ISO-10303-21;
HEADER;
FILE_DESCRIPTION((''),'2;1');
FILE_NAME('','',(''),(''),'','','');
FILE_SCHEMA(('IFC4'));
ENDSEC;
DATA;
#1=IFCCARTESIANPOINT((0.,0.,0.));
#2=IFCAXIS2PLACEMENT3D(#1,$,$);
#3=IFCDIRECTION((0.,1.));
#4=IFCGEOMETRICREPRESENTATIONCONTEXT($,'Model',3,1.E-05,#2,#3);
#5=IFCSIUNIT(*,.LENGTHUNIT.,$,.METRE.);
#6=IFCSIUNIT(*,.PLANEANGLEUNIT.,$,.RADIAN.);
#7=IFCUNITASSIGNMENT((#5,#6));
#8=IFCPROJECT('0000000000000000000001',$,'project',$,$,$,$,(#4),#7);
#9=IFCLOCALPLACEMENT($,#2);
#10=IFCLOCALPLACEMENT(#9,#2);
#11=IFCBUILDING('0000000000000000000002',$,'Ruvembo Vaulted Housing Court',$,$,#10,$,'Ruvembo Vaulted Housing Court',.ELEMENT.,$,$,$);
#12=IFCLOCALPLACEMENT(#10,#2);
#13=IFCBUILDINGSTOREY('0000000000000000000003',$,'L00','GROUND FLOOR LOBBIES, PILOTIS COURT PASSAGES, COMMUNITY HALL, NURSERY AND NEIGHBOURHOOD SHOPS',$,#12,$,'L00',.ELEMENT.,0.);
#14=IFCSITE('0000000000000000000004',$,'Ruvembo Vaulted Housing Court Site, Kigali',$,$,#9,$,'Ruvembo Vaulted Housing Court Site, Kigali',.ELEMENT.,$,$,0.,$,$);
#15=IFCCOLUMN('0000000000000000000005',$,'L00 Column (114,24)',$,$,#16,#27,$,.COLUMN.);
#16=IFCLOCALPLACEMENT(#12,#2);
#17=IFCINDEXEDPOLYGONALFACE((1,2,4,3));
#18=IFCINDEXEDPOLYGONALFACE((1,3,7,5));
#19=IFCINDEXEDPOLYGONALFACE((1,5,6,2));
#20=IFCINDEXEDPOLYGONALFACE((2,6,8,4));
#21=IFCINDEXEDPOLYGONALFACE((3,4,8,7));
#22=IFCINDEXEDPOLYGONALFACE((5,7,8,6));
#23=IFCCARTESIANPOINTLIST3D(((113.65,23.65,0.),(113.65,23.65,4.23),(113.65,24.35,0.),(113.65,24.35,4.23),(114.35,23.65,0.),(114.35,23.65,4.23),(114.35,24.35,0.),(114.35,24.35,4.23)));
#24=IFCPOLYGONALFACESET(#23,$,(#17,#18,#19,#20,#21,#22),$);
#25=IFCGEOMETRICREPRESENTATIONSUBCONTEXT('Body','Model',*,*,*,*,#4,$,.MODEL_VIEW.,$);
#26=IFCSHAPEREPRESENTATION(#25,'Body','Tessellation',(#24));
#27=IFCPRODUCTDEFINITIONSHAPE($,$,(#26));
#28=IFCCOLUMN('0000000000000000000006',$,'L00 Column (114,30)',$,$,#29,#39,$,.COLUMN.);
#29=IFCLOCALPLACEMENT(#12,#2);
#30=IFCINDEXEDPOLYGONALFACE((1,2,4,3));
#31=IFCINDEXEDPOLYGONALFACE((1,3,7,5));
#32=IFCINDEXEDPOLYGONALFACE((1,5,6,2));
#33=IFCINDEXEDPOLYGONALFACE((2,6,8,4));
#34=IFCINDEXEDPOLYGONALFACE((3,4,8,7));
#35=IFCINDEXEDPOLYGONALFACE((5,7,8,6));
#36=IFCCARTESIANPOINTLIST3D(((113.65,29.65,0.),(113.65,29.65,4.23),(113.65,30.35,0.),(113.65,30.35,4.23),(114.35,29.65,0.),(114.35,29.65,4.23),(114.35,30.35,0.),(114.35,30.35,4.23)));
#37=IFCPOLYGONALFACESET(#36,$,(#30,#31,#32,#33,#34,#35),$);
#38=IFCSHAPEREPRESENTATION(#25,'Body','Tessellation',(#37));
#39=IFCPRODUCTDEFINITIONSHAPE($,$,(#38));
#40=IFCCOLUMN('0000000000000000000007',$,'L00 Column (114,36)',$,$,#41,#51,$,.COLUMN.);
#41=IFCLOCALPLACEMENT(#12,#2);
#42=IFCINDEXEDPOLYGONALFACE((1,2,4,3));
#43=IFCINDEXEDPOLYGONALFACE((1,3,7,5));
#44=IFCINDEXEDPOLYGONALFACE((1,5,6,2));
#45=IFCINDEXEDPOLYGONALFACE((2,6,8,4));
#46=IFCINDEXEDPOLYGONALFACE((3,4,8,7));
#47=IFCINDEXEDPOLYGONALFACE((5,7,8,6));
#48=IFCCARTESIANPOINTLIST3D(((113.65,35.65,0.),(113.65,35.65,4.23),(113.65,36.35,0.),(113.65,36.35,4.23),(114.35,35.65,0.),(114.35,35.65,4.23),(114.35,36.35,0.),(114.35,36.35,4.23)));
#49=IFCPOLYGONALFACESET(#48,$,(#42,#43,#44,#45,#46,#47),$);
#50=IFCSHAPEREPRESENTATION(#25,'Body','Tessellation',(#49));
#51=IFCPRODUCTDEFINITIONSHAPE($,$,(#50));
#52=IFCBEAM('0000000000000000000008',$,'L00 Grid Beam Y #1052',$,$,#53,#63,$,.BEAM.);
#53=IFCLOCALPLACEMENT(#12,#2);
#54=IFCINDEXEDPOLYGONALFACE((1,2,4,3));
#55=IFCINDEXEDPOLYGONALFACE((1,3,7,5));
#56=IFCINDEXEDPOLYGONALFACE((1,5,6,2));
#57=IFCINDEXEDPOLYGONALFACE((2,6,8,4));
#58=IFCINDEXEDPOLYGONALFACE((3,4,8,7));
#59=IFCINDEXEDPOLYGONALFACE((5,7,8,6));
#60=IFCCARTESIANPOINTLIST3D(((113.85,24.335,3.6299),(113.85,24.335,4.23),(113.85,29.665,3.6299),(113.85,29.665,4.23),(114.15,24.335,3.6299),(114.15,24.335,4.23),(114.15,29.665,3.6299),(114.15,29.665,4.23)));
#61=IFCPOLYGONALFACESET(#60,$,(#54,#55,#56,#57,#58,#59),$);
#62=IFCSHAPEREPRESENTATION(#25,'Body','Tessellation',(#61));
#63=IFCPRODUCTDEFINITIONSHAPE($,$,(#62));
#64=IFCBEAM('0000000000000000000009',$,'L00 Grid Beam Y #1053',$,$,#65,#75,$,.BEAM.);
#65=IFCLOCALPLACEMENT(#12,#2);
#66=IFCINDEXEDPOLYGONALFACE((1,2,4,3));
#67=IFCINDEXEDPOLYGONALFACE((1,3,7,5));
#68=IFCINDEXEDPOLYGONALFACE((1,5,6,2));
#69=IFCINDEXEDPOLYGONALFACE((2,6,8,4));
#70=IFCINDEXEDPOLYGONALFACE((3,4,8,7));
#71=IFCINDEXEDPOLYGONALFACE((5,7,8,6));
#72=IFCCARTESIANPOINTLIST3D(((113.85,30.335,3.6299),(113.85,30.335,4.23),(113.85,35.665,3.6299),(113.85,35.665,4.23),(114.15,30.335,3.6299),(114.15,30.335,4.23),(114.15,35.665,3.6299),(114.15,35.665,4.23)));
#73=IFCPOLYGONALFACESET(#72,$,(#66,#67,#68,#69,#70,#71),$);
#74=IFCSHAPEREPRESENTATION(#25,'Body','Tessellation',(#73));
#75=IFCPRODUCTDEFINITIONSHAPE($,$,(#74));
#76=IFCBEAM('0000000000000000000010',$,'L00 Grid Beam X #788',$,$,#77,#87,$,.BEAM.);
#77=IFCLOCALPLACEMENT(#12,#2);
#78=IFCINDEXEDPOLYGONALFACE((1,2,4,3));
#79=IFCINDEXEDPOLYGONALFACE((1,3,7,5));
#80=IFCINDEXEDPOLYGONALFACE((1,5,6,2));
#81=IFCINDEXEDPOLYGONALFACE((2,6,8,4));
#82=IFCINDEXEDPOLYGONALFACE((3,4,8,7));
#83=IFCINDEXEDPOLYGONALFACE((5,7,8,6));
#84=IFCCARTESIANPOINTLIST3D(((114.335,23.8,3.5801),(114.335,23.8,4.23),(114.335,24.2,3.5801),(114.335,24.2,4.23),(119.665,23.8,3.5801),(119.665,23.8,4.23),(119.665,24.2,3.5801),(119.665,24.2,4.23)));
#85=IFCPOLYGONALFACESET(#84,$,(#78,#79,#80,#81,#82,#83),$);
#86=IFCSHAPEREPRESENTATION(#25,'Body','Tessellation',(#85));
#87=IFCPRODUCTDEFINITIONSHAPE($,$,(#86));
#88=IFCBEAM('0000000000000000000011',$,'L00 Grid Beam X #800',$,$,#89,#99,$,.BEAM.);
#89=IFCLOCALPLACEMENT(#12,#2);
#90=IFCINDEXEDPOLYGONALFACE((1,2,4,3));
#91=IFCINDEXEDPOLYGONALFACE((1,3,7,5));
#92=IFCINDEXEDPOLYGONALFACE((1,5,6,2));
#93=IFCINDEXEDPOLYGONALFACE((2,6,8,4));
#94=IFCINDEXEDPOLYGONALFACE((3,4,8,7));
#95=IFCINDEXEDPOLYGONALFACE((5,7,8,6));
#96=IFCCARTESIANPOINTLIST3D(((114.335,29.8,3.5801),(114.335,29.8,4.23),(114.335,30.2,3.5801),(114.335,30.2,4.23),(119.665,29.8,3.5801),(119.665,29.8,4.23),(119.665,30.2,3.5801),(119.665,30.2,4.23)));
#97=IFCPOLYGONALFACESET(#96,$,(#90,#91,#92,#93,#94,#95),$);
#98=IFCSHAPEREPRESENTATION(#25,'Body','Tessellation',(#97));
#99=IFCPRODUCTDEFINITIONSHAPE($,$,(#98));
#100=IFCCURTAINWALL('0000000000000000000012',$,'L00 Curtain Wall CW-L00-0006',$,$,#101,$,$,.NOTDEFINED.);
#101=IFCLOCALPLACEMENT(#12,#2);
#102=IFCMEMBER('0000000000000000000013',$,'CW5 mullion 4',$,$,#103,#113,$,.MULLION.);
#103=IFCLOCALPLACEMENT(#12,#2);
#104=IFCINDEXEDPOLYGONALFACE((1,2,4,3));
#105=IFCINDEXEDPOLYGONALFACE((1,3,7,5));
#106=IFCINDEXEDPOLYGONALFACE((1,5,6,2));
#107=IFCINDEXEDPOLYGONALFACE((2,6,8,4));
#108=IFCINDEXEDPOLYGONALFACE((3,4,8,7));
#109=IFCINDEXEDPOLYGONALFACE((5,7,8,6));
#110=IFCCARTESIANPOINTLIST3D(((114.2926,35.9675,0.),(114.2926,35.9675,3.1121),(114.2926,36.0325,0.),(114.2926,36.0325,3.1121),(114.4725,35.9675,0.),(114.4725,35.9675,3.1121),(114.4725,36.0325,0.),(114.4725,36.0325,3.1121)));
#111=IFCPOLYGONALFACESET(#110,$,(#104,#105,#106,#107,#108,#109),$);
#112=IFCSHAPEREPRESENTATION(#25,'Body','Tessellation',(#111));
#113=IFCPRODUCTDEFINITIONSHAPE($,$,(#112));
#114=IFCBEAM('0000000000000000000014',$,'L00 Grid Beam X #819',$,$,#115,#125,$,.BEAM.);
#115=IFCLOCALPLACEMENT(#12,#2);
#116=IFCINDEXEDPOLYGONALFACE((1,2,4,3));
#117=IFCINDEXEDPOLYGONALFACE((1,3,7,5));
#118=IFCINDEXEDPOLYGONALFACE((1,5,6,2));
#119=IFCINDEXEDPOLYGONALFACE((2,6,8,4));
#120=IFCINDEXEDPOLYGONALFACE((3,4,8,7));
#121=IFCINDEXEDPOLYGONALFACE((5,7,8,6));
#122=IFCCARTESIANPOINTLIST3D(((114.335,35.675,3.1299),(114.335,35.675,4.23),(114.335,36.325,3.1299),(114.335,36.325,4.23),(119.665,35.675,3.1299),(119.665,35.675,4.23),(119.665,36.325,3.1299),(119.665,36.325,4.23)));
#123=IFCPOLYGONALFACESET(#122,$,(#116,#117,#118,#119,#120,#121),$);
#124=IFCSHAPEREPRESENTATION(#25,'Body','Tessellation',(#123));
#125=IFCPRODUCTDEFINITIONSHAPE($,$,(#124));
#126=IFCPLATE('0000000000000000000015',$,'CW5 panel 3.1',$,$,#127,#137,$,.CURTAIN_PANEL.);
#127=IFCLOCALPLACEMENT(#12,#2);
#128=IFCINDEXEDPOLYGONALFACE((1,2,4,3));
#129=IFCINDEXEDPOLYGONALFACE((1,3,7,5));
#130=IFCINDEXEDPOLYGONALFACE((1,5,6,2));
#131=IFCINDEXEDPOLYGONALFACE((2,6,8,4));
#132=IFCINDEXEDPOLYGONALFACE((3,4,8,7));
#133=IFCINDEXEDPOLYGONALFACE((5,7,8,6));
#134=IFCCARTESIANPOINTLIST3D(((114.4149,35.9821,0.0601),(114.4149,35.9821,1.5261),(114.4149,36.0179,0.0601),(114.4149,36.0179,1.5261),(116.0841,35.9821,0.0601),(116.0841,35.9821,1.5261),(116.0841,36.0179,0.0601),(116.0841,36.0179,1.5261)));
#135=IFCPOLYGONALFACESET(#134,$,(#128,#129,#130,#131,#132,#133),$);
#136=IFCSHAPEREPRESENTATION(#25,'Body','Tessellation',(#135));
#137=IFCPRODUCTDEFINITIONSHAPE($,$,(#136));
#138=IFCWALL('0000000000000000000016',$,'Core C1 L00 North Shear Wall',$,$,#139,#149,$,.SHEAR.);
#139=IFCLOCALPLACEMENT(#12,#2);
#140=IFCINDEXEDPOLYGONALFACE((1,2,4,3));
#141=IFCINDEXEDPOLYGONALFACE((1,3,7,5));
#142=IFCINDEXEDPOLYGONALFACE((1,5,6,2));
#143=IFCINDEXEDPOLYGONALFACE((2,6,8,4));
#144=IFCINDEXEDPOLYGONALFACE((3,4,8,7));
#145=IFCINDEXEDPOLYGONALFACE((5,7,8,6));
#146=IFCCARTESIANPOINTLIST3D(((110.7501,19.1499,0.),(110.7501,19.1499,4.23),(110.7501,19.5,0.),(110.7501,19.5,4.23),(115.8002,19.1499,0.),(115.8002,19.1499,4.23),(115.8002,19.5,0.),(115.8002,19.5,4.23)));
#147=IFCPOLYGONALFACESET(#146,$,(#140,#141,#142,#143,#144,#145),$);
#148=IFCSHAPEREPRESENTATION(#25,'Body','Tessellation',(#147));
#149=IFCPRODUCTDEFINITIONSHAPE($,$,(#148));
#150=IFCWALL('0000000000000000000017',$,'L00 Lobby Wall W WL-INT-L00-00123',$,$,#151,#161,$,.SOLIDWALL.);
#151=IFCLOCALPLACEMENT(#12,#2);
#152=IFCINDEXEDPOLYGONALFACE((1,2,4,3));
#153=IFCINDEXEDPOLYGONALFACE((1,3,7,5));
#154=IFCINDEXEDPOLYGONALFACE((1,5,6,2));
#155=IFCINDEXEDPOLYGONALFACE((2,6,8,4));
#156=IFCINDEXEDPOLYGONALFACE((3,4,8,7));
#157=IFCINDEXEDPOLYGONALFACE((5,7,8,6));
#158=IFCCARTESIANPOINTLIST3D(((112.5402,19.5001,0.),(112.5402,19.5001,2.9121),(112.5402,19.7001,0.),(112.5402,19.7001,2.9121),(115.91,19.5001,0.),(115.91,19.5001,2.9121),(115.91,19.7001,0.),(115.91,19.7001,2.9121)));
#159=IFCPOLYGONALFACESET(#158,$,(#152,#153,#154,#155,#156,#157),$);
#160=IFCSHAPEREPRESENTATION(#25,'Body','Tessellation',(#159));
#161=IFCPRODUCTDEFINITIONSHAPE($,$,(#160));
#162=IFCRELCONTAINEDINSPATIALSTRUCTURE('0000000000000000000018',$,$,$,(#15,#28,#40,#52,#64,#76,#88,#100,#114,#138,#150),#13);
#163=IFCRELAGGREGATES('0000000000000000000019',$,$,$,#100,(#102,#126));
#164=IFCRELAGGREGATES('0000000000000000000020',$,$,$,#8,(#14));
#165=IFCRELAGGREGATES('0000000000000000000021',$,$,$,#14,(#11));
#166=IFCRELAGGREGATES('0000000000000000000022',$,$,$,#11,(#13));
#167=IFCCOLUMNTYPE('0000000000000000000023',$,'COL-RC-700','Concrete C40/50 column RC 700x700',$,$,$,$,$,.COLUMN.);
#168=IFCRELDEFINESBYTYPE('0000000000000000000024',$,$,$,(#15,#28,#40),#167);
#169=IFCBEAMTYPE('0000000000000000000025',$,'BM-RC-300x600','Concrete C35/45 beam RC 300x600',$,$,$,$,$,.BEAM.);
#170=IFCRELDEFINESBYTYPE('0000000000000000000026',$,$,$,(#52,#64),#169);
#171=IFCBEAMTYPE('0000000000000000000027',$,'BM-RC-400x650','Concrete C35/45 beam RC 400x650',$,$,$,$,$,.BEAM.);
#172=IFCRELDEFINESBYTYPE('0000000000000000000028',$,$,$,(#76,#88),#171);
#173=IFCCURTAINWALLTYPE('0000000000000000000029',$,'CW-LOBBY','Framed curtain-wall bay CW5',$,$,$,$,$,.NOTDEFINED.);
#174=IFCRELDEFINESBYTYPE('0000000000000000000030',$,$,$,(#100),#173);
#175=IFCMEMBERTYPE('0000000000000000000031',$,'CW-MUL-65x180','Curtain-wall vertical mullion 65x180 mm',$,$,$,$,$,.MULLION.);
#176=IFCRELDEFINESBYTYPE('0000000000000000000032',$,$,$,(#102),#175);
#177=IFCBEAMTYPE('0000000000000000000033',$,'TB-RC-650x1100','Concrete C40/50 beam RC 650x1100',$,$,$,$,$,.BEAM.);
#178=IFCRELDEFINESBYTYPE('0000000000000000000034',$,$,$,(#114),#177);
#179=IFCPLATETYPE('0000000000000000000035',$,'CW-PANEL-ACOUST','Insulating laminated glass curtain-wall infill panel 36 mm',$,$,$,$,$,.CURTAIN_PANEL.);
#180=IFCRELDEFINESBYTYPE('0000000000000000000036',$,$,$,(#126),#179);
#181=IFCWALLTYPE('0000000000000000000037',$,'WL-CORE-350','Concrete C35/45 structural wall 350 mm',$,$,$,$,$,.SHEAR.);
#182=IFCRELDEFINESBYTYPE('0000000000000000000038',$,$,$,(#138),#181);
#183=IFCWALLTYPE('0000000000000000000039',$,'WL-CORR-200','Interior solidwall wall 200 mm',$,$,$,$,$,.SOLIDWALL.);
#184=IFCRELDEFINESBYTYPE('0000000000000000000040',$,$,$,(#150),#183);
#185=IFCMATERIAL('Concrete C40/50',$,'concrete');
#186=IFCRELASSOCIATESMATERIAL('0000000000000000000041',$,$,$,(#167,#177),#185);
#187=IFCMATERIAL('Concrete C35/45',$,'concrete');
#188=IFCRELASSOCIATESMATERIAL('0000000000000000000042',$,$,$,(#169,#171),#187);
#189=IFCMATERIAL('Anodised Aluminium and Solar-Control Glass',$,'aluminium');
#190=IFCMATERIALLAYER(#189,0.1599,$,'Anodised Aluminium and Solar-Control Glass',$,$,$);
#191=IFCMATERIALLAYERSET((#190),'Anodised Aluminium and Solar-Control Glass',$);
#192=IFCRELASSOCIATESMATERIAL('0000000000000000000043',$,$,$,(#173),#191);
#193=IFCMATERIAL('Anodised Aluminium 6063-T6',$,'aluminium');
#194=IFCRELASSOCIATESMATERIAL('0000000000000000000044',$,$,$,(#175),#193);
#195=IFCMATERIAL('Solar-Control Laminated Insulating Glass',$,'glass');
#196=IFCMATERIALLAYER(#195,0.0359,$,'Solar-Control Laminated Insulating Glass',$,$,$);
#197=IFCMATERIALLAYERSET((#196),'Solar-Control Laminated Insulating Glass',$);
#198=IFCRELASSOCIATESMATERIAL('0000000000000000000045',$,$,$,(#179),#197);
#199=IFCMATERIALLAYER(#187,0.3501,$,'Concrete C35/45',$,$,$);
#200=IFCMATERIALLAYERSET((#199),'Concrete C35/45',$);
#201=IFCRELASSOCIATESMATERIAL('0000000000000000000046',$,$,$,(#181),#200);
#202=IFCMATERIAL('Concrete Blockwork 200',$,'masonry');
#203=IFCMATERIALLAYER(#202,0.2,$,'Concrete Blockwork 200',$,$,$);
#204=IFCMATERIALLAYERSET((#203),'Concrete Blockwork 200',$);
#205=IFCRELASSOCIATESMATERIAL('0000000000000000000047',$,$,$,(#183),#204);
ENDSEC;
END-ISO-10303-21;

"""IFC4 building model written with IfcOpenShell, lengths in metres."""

from ifc_helpers import new_model, si_unit, direction, frame, frame_2d, origin, origin_2d, place, context, subcontext, project, spatial, rectangle, extrude, material, layer, layer_set, material_profile, profile_set, type_object, element, aggregate, save


model = new_model("IFC4")

# Units and contexts
model_context = context("Model", 3, precision=1e-05, world=origin(), true_north=direction((0.0, 1.0)))
body_context = subcontext(model_context, "Body", "Model", "MODEL_VIEW")
ifc_project = project(units=[si_unit("LENGTHUNIT", "METRE"), si_unit("PLANEANGLEUNIT", "RADIAN")], contexts=[model_context])

# Site, building, storey
site_placement = place(None, origin())
site = spatial("IfcSite", under=ifc_project, at=site_placement, Name="Ruvembo Vaulted Housing Court Site, Kigali", LongName="Ruvembo Vaulted Housing Court Site, Kigali", CompositionType="ELEMENT", RefElevation=0.0)
building_placement = place(site_placement, origin())
building = spatial("IfcBuilding", under=site, at=building_placement, Name="Ruvembo Vaulted Housing Court", LongName="Ruvembo Vaulted Housing Court", CompositionType="ELEMENT")
storey_placement = place(building_placement, origin())
storey = spatial("IfcBuildingStorey", under=building, at=storey_placement, Name="L00", Description="GROUND FLOOR LOBBIES, PILOTIS COURT PASSAGES, COMMUNITY HALL, NURSERY AND NEIGHBOURHOOD SHOPS", LongName="L00", CompositionType="ELEMENT", Elevation=0.0)

# Columns
ifc_material_1 = material(Name="Concrete C40/50", Category="concrete")
ifc_material_profile_1 = material_profile(ifc_material_1, rectangle(XDim=0.7, YDim=0.7, at=origin_2d()), Name="RC 700x700")
ifc_profile_set_1 = profile_set([ifc_material_profile_1], Name="Concrete C40/50")
column_type = type_object("IfcColumnType", Name="COL-RC-700", Description="Concrete C40/50 column RC 700x700", PredefinedType="COLUMN", material=ifc_profile_set_1)
for number, where, z_axis, x_axis, name in (
    (1, (114.0, 24.0, 0.0), (0.0, 0.0, 1.0), (1.0, 0.0, 0.0), "L00 Column (114,24)"),
    (2, (114.0, 30.0, 0.0), (0.0, 0.0, 1.0), (1.0, 0.0, 0.0), "L00 Column (114,30)"),
    (3, (114.0, 36.0, 0.0), (0.0, 0.0, 1.0), (1.0, 0.0, 0.0), "L00 Column (114,36)"),
):
    element("IfcColumn", number, at=place(storey_placement, frame(where, z_axis=z_axis, x_axis=x_axis)), inside=storey, type_object=column_type, Name=name, PredefinedType="COLUMN", context=body_context, shape_type="SweptSolid", body=[
        extrude(rectangle(XDim=0.7, YDim=0.7, at=origin_2d()), origin(), (0.0, 0.0, 1.0), 4.23),
    ])

# Beams
ifc_material_2 = material(Name="Concrete C35/45", Category="concrete")
ifc_material_profile_2 = material_profile(ifc_material_2, rectangle(XDim=0.3, YDim=0.6001, at=origin_2d()), Name="RC 300x600")
ifc_profile_set_2 = profile_set([ifc_material_profile_2], Name="Concrete C35/45")
beam_type_1 = type_object("IfcBeamType", Name="BM-RC-300x600", Description="Concrete C35/45 beam RC 300x600", PredefinedType="BEAM", material=ifc_profile_set_2)
for number, where, z_axis, x_axis, name in (
    (4, (114.0, 24.335, 3.9299), (0.0, 1.0, 0.0), (-1.0, 0.0, 0.0), "L00 Grid Beam Y #1052"),
    (5, (114.0, 30.335, 3.9299), (0.0, 1.0, 0.0), (-1.0, 0.0, 0.0), "L00 Grid Beam Y #1053"),
):
    element("IfcBeam", number, at=place(storey_placement, frame(where, z_axis=z_axis, x_axis=x_axis)), inside=storey, type_object=beam_type_1, Name=name, PredefinedType="BEAM", context=body_context, shape_type="SweptSolid", body=[
        extrude(rectangle(XDim=0.3, YDim=0.6001, at=origin_2d()), origin(), (0.0, 0.0, 1.0), 5.3301),
    ])
ifc_material_profile_3 = material_profile(ifc_material_2, rectangle(XDim=0.3999, YDim=0.6499, at=origin_2d()), Name="RC 400x650")
ifc_profile_set_3 = profile_set([ifc_material_profile_3], Name="Concrete C35/45")
beam_type_2 = type_object("IfcBeamType", Name="BM-RC-400x650", Description="Concrete C35/45 beam RC 400x650", PredefinedType="BEAM", material=ifc_profile_set_3)
for number, where, z_axis, x_axis, name in (
    (6, (114.335, 24.0, 3.905), (1.0, 0.0, 0.0), (0.0, 1.0, 0.0), "L00 Grid Beam X #788"),
    (7, (114.335, 30.0, 3.905), (1.0, 0.0, 0.0), (0.0, 1.0, 0.0), "L00 Grid Beam X #800"),
):
    element("IfcBeam", number, at=place(storey_placement, frame(where, z_axis=z_axis, x_axis=x_axis)), inside=storey, type_object=beam_type_2, Name=name, PredefinedType="BEAM", context=body_context, shape_type="SweptSolid", body=[
        extrude(rectangle(XDim=0.3999, YDim=0.6499, at=origin_2d()), origin(), (0.0, 0.0, 1.0), 5.3301),
    ])

# Curtain wall, member
ifc_material_3 = material(Name="Anodised Aluminium and Solar-Control Glass", Category="aluminium")
ifc_layer_1 = layer(ifc_material_3, 0.1599, Name="Anodised Aluminium and Solar-Control Glass")
ifc_layer_set_1 = layer_set([ifc_layer_1], Name="Anodised Aluminium and Solar-Control Glass")
curtain_wall_type = type_object("IfcCurtainWallType", Name="CW-LOBBY", Description="Framed curtain-wall bay CW5", PredefinedType="NOTDEFINED", material=ifc_layer_set_1)
curtain_wall_placement = place(storey_placement, origin())
curtain_wall = element("IfcCurtainWall", 8, at=curtain_wall_placement, inside=storey, type_object=curtain_wall_type, Name="L00 Curtain Wall CW-L00-0006", PredefinedType="NOTDEFINED")
ifc_material_4 = material(Name="Anodised Aluminium 6063-T6", Category="aluminium")
ifc_material_profile_4 = material_profile(ifc_material_4, rectangle(XDim=0.0649, YDim=0.1799, at=origin_2d()), Name="ALU 65x180")
ifc_profile_set_4 = profile_set([ifc_material_profile_4], Name="Anodised Aluminium 6063-T6")
member_type = type_object("IfcMemberType", Name="CW-MUL-65x180", Description="Curtain-wall vertical mullion 65x180 mm", PredefinedType="MULLION", material=ifc_profile_set_4)
member_placement = place(storey_placement, frame((114.3826, 36.0, 0.0), z_axis=(0.0, 0.0, 1.0), x_axis=(0.0, -1.0, 0.0)))
member = element("IfcMember", 9, at=member_placement, type_object=member_type, Name="CW5 mullion 4", PredefinedType="MULLION", context=body_context, shape_type="SweptSolid", body=[
    extrude(rectangle(XDim=0.0649, YDim=0.1799, at=origin_2d()), origin(), (0.0, 0.0, 1.0), 3.1121),
])

# Beam
ifc_material_profile_5 = material_profile(ifc_material_1, rectangle(XDim=0.6499, YDim=1.1001, at=origin_2d()), Name="RC 650x1100")
ifc_profile_set_5 = profile_set([ifc_material_profile_5], Name="Concrete C40/50")
beam_type_3 = type_object("IfcBeamType", Name="TB-RC-650x1100", Description="Concrete C40/50 beam RC 650x1100", PredefinedType="BEAM", material=ifc_profile_set_5)
beam_placement = place(storey_placement, frame((114.335, 36.0, 3.6799), z_axis=(1.0, 0.0, 0.0), x_axis=(0.0, 1.0, 0.0)))
element("IfcBeam", 10, at=beam_placement, inside=storey, type_object=beam_type_3, Name="L00 Grid Beam X #819", PredefinedType="BEAM", context=body_context, shape_type="SweptSolid", body=[
    extrude(rectangle(XDim=0.6499, YDim=1.1001, at=origin_2d()), origin(), (0.0, 0.0, 1.0), 5.3301),
])

# Plate
ifc_material_5 = material(Name="Solar-Control Laminated Insulating Glass", Category="glass")
ifc_layer_2 = layer(ifc_material_5, 0.0359, Name="Solar-Control Laminated Insulating Glass")
ifc_layer_set_2 = layer_set([ifc_layer_2], Name="Solar-Control Laminated Insulating Glass")
plate_type = type_object("IfcPlateType", Name="CW-PANEL-ACOUST", Description="Insulating laminated glass curtain-wall infill panel 36 mm", PredefinedType="CURTAIN_PANEL", material=ifc_layer_set_2)
plate_placement = place(storey_placement, frame((115.2495, 36.0, 0.0601), z_axis=(0.0, 0.0, 1.0), x_axis=(-1.0, 0.0, 0.0)))
plate = element("IfcPlate", 11, at=plate_placement, type_object=plate_type, Name="CW5 panel 3.1", PredefinedType="CURTAIN_PANEL", context=body_context, shape_type="SweptSolid", body=[
    extrude(rectangle(XDim=1.6692, YDim=0.0359, at=origin_2d()), origin(), (0.0, 0.0, 1.0), 1.4661),
])
aggregate(curtain_wall, [member, plate])

# Walls
ifc_layer_3 = layer(ifc_material_2, 0.3501, Name="Concrete C35/45")
ifc_layer_set_3 = layer_set([ifc_layer_3], Name="Concrete C35/45")
wall_type_1 = type_object("IfcWallType", Name="WL-CORE-350", Description="Concrete C35/45 structural wall 350 mm", PredefinedType="SHEAR", material=ifc_layer_set_3)
wall_1_placement = place(storey_placement, frame((115.8, 19.325, 0.0), z_axis=(0.0, 0.0, 1.0), x_axis=(-1.0, 0.0, 0.0)))
element("IfcWall", 12, at=wall_1_placement, inside=storey, type_object=wall_type_1, Name="Core C1 L00 North Shear Wall", PredefinedType="SHEAR", context=body_context, shape_type="SweptSolid", body=[
    extrude(rectangle(XDim=5.05, YDim=0.3501, at=frame_2d((2.5249, 0.0))), origin(), (0.0, 0.0, 1.0), 4.23),
])
ifc_material_6 = material(Name="Concrete Blockwork 200", Category="masonry")
ifc_layer_4 = layer(ifc_material_6, 0.2, Name="Concrete Blockwork 200")
ifc_layer_set_4 = layer_set([ifc_layer_4], Name="Concrete Blockwork 200")
wall_type_2 = type_object("IfcWallType", Name="WL-CORR-200", Description="Interior solidwall wall 200 mm", PredefinedType="SOLIDWALL", material=ifc_layer_set_4)
wall_2_placement = place(storey_placement, frame((112.54, 19.6001, 0.0), z_axis=(0.0, 0.0, 1.0), x_axis=(1.0, 0.0, 0.0)))
element("IfcWall", 13, at=wall_2_placement, inside=storey, type_object=wall_type_2, Name="L00 Lobby Wall W WL-INT-L00-00123", PredefinedType="SOLIDWALL", context=body_context, shape_type="SweptSolid", body=[
    extrude(rectangle(XDim=3.3699, YDim=0.2, at=frame_2d((1.6851, 0.0))), origin(), (0.0, 0.0, 1.0), 2.9121),
])

save(model, "model.ifc")
